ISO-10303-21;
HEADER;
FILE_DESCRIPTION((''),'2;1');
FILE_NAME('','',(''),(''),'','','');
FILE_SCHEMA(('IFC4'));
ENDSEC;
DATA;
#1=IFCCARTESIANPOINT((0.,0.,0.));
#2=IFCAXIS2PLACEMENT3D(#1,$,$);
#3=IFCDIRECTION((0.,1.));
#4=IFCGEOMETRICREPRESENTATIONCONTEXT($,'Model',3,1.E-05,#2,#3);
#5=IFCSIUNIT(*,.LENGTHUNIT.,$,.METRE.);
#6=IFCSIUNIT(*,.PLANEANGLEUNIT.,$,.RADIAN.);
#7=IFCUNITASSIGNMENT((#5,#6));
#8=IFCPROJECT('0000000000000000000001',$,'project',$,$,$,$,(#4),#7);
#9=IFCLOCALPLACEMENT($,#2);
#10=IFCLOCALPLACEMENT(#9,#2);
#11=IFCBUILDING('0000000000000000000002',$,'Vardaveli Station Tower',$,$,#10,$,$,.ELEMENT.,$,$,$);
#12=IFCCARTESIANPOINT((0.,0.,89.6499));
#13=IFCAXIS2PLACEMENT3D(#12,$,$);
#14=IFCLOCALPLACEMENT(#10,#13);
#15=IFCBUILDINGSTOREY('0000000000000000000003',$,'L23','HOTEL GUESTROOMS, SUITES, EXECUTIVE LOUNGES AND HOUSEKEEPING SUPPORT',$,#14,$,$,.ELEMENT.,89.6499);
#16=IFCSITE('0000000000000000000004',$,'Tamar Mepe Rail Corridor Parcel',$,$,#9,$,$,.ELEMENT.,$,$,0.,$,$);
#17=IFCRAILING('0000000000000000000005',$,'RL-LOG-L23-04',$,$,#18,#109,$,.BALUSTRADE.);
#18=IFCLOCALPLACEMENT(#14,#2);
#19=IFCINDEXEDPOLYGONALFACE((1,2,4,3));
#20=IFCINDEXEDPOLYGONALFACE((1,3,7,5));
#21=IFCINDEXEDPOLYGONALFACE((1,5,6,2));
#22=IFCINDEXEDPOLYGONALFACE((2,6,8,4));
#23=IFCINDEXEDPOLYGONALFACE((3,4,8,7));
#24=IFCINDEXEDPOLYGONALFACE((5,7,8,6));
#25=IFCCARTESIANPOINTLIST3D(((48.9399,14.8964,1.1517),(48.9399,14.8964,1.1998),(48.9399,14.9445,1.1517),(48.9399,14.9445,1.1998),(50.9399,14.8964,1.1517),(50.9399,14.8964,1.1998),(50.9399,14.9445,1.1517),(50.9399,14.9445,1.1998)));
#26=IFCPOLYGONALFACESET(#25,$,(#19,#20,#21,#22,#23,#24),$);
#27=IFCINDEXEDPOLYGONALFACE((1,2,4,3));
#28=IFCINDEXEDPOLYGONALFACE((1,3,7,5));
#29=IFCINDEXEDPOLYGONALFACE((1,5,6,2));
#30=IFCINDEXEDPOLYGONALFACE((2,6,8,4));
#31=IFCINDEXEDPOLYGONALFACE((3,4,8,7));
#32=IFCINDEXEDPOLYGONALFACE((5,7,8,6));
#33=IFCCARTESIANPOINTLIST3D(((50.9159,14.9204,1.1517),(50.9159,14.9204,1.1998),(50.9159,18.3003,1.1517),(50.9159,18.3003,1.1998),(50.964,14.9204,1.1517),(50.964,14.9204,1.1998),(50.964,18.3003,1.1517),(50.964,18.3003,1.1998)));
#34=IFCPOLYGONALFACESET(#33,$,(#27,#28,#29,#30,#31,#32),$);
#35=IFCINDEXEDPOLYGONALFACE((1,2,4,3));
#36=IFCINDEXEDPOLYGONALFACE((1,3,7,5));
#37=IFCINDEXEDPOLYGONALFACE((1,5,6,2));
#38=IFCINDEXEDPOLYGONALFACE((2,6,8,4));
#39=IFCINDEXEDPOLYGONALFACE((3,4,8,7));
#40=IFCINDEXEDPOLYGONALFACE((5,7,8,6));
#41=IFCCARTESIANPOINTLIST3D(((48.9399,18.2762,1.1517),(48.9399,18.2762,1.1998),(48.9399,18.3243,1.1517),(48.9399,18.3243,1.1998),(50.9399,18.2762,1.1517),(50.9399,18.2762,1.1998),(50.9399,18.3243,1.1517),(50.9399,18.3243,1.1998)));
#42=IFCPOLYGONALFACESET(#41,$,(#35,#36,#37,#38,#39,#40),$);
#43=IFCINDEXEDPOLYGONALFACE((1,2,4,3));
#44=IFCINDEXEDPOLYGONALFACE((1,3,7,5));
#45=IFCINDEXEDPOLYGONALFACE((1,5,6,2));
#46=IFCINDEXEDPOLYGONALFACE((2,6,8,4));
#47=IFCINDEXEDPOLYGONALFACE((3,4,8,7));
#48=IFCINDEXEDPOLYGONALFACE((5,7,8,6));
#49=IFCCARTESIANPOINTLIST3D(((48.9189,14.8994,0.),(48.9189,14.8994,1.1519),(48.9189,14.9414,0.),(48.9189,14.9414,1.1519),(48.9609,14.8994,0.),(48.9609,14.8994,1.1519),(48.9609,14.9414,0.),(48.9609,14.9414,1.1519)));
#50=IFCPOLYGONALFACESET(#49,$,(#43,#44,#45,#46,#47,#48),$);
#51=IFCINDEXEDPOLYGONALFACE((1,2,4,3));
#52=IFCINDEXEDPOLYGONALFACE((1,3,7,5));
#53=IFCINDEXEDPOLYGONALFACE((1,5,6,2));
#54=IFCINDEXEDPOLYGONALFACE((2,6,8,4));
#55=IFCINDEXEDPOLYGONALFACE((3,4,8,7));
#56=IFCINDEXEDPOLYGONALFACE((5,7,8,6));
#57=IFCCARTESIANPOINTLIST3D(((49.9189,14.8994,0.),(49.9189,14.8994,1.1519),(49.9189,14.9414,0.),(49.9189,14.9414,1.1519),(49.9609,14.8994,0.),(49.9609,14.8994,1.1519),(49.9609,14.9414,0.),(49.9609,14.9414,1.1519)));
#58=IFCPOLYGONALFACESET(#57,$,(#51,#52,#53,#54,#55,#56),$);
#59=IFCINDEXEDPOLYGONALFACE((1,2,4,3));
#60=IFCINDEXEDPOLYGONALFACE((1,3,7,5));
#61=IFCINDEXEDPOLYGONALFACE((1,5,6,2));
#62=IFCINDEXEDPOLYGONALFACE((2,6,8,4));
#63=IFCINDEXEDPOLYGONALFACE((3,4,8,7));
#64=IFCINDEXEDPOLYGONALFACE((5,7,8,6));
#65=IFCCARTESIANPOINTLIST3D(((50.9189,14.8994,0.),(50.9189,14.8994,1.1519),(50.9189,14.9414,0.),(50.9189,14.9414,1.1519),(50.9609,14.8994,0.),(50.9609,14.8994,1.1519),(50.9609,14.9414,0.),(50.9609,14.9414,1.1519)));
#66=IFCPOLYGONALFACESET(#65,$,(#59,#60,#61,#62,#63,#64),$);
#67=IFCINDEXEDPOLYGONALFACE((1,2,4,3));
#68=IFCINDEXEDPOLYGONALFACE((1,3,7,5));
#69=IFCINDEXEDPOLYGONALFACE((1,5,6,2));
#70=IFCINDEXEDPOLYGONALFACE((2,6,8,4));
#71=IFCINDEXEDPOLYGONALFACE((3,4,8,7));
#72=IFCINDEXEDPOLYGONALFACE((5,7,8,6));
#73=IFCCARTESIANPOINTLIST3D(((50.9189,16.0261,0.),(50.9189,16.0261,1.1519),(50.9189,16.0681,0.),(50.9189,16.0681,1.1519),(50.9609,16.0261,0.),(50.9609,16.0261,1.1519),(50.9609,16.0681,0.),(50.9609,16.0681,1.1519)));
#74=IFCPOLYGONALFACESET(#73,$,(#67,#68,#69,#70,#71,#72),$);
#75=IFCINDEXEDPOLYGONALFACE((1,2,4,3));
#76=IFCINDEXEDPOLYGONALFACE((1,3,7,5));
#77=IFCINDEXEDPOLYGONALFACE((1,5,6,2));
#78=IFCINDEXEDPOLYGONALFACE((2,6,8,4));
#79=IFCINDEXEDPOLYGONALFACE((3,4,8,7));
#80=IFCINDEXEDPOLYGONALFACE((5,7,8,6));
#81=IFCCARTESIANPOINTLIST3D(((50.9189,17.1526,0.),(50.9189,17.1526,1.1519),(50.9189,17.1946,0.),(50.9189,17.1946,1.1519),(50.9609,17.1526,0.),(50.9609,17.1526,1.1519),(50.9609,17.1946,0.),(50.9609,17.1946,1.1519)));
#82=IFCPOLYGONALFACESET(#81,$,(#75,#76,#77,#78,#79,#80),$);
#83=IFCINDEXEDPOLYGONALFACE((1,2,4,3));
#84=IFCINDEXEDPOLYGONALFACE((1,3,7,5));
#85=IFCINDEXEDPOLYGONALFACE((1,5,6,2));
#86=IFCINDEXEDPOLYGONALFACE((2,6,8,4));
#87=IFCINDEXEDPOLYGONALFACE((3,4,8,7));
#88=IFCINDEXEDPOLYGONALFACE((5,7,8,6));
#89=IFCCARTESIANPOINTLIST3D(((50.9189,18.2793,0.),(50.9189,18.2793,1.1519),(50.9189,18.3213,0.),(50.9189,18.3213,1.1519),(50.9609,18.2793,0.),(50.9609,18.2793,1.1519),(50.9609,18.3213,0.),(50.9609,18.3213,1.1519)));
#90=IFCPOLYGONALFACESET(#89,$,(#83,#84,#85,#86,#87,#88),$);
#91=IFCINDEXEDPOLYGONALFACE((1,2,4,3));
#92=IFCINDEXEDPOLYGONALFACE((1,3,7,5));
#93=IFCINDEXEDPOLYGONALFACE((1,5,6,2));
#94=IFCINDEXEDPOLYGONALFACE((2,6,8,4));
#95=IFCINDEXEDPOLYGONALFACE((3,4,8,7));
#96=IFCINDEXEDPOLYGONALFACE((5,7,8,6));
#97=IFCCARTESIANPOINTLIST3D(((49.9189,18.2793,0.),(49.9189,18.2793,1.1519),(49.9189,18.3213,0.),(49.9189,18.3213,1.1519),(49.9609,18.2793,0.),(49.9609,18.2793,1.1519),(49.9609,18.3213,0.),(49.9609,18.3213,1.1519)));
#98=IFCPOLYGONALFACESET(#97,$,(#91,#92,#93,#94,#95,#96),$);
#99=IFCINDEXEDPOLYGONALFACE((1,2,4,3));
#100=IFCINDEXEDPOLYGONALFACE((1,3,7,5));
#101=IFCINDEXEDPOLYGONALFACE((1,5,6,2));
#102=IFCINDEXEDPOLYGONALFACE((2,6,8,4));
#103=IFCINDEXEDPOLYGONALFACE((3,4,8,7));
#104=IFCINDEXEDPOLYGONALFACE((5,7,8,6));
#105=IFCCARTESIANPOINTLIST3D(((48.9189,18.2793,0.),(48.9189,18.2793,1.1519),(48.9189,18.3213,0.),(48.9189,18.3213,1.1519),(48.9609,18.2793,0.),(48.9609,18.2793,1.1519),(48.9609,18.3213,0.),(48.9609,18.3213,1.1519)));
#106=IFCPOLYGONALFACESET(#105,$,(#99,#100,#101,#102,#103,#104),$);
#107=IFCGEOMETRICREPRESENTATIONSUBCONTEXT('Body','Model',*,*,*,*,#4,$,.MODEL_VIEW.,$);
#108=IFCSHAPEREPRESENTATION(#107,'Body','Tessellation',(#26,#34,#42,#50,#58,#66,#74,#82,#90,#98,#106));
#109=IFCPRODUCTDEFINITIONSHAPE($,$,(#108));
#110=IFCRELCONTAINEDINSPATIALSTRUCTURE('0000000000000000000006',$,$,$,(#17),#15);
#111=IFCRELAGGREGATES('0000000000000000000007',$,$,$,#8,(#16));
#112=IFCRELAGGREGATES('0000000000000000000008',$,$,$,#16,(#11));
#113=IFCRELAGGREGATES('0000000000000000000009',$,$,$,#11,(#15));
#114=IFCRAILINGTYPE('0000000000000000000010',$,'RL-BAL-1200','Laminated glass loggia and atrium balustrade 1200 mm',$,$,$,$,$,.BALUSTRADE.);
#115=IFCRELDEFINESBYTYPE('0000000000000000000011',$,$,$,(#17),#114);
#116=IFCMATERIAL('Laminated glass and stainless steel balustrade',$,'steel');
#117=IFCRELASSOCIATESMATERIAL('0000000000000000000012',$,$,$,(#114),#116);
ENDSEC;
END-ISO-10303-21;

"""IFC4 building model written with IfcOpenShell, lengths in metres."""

from ifc_helpers import new_model, si_unit, direction, frame, origin, origin_2d, place, context, subcontext, project, spatial, rectangle, extrude, source, transform, mapped, material, type_object, element, save


model = new_model("IFC4")

# Units and contexts
model_context = context("Model", 3, precision=1e-05, world=origin(), true_north=direction((0.0, 1.0)))
body_context = subcontext(model_context, "Body", "Model", "MODEL_VIEW")
ifc_project = project(units=[si_unit("LENGTHUNIT", "METRE"), si_unit("PLANEANGLEUNIT", "RADIAN")], contexts=[model_context])

# Site, building, storey
site_placement = place(None, origin())
site = spatial("IfcSite", under=ifc_project, at=site_placement, Name="Tamar Mepe Rail Corridor Parcel", CompositionType="ELEMENT", RefElevation=0.0)
building_placement = place(site_placement, origin())
building = spatial("IfcBuilding", under=site, at=building_placement, Name="Vardaveli Station Tower", CompositionType="ELEMENT")
storey_placement = place(building_placement, frame((0.0, 0.0, 89.6499)))
storey = spatial("IfcBuildingStorey", under=building, at=storey_placement, Name="L23", Description="HOTEL GUESTROOMS, SUITES, EXECUTIVE LOUNGES AND HOUSEKEEPING SUPPORT", CompositionType="ELEMENT", Elevation=89.6499)

# Railing
ifc_material_1 = material(Name="Laminated glass and stainless steel balustrade", Category="steel")
railing_type = type_object("IfcRailingType", Name="RL-BAL-1200", Description="Laminated glass loggia and atrium balustrade 1200 mm", PredefinedType="BALUSTRADE", material=ifc_material_1)
shared_shape_1 = source(origin(), body_context, "Body", "SweptSolid", [
    extrude(rectangle(XDim=0.0481, YDim=0.0481, at=origin_2d()), frame((0.0, 0.0, 1.1758), z_axis=(1.0, 0.0, 0.0), x_axis=(0.0, 1.0, 0.0)), (0.0, 0.0, 1.0), 2.0),
    extrude(rectangle(XDim=0.0481, YDim=0.0481, at=origin_2d()), frame((2.0, 0.0, 1.1758), z_axis=(0.0, 1.0, 0.0), x_axis=(-1.0, 0.0, 0.0)), (0.0, 0.0, 1.0), 3.3799),
    extrude(rectangle(XDim=0.0481, YDim=0.0481, at=origin_2d()), frame((2.0, 3.3799, 1.1758), z_axis=(-1.0, 0.0, 0.0), x_axis=(0.0, -1.0, 0.0)), (0.0, 0.0, 1.0), 2.0),
    extrude(rectangle(XDim=0.042, YDim=0.042, at=origin_2d()), origin(), (0.0, 0.0, 1.0), 1.1519),
    extrude(rectangle(XDim=0.042, YDim=0.042, at=origin_2d()), frame((1.0, 0.0, 0.0)), (0.0, 0.0, 1.0), 1.1519),
    extrude(rectangle(XDim=0.042, YDim=0.042, at=origin_2d()), frame((2.0, 0.0, 0.0)), (0.0, 0.0, 1.0), 1.1519),
    extrude(rectangle(XDim=0.042, YDim=0.042, at=origin_2d()), frame((2.0, 1.1267, 0.0)), (0.0, 0.0, 1.0), 1.1519),
    extrude(rectangle(XDim=0.042, YDim=0.042, at=origin_2d()), frame((2.0, 2.2532, 0.0)), (0.0, 0.0, 1.0), 1.1519),
    extrude(rectangle(XDim=0.042, YDim=0.042, at=origin_2d()), frame((2.0, 3.3799, 0.0)), (0.0, 0.0, 1.0), 1.1519),
    extrude(rectangle(XDim=0.042, YDim=0.042, at=origin_2d()), frame((1.0, 3.3799, 0.0)), (0.0, 0.0, 1.0), 1.1519),
    extrude(rectangle(XDim=0.042, YDim=0.042, at=origin_2d()), frame((0.0, 3.3799, 0.0)), (0.0, 0.0, 1.0), 1.1519),
])
railing_placement = place(storey_placement, frame((48.9399, 14.9204, 0.0)))
element("IfcRailing", 1, at=railing_placement, inside=storey, type_object=railing_type, Name="RL-LOG-L23-04", PredefinedType="BALUSTRADE", context=body_context, shape_type="MappedRepresentation", body=[
    mapped(shared_shape_1, transform((0.0, 0.0, 0.0), scale=1.0)),
])

save(model, "model.ifc")
